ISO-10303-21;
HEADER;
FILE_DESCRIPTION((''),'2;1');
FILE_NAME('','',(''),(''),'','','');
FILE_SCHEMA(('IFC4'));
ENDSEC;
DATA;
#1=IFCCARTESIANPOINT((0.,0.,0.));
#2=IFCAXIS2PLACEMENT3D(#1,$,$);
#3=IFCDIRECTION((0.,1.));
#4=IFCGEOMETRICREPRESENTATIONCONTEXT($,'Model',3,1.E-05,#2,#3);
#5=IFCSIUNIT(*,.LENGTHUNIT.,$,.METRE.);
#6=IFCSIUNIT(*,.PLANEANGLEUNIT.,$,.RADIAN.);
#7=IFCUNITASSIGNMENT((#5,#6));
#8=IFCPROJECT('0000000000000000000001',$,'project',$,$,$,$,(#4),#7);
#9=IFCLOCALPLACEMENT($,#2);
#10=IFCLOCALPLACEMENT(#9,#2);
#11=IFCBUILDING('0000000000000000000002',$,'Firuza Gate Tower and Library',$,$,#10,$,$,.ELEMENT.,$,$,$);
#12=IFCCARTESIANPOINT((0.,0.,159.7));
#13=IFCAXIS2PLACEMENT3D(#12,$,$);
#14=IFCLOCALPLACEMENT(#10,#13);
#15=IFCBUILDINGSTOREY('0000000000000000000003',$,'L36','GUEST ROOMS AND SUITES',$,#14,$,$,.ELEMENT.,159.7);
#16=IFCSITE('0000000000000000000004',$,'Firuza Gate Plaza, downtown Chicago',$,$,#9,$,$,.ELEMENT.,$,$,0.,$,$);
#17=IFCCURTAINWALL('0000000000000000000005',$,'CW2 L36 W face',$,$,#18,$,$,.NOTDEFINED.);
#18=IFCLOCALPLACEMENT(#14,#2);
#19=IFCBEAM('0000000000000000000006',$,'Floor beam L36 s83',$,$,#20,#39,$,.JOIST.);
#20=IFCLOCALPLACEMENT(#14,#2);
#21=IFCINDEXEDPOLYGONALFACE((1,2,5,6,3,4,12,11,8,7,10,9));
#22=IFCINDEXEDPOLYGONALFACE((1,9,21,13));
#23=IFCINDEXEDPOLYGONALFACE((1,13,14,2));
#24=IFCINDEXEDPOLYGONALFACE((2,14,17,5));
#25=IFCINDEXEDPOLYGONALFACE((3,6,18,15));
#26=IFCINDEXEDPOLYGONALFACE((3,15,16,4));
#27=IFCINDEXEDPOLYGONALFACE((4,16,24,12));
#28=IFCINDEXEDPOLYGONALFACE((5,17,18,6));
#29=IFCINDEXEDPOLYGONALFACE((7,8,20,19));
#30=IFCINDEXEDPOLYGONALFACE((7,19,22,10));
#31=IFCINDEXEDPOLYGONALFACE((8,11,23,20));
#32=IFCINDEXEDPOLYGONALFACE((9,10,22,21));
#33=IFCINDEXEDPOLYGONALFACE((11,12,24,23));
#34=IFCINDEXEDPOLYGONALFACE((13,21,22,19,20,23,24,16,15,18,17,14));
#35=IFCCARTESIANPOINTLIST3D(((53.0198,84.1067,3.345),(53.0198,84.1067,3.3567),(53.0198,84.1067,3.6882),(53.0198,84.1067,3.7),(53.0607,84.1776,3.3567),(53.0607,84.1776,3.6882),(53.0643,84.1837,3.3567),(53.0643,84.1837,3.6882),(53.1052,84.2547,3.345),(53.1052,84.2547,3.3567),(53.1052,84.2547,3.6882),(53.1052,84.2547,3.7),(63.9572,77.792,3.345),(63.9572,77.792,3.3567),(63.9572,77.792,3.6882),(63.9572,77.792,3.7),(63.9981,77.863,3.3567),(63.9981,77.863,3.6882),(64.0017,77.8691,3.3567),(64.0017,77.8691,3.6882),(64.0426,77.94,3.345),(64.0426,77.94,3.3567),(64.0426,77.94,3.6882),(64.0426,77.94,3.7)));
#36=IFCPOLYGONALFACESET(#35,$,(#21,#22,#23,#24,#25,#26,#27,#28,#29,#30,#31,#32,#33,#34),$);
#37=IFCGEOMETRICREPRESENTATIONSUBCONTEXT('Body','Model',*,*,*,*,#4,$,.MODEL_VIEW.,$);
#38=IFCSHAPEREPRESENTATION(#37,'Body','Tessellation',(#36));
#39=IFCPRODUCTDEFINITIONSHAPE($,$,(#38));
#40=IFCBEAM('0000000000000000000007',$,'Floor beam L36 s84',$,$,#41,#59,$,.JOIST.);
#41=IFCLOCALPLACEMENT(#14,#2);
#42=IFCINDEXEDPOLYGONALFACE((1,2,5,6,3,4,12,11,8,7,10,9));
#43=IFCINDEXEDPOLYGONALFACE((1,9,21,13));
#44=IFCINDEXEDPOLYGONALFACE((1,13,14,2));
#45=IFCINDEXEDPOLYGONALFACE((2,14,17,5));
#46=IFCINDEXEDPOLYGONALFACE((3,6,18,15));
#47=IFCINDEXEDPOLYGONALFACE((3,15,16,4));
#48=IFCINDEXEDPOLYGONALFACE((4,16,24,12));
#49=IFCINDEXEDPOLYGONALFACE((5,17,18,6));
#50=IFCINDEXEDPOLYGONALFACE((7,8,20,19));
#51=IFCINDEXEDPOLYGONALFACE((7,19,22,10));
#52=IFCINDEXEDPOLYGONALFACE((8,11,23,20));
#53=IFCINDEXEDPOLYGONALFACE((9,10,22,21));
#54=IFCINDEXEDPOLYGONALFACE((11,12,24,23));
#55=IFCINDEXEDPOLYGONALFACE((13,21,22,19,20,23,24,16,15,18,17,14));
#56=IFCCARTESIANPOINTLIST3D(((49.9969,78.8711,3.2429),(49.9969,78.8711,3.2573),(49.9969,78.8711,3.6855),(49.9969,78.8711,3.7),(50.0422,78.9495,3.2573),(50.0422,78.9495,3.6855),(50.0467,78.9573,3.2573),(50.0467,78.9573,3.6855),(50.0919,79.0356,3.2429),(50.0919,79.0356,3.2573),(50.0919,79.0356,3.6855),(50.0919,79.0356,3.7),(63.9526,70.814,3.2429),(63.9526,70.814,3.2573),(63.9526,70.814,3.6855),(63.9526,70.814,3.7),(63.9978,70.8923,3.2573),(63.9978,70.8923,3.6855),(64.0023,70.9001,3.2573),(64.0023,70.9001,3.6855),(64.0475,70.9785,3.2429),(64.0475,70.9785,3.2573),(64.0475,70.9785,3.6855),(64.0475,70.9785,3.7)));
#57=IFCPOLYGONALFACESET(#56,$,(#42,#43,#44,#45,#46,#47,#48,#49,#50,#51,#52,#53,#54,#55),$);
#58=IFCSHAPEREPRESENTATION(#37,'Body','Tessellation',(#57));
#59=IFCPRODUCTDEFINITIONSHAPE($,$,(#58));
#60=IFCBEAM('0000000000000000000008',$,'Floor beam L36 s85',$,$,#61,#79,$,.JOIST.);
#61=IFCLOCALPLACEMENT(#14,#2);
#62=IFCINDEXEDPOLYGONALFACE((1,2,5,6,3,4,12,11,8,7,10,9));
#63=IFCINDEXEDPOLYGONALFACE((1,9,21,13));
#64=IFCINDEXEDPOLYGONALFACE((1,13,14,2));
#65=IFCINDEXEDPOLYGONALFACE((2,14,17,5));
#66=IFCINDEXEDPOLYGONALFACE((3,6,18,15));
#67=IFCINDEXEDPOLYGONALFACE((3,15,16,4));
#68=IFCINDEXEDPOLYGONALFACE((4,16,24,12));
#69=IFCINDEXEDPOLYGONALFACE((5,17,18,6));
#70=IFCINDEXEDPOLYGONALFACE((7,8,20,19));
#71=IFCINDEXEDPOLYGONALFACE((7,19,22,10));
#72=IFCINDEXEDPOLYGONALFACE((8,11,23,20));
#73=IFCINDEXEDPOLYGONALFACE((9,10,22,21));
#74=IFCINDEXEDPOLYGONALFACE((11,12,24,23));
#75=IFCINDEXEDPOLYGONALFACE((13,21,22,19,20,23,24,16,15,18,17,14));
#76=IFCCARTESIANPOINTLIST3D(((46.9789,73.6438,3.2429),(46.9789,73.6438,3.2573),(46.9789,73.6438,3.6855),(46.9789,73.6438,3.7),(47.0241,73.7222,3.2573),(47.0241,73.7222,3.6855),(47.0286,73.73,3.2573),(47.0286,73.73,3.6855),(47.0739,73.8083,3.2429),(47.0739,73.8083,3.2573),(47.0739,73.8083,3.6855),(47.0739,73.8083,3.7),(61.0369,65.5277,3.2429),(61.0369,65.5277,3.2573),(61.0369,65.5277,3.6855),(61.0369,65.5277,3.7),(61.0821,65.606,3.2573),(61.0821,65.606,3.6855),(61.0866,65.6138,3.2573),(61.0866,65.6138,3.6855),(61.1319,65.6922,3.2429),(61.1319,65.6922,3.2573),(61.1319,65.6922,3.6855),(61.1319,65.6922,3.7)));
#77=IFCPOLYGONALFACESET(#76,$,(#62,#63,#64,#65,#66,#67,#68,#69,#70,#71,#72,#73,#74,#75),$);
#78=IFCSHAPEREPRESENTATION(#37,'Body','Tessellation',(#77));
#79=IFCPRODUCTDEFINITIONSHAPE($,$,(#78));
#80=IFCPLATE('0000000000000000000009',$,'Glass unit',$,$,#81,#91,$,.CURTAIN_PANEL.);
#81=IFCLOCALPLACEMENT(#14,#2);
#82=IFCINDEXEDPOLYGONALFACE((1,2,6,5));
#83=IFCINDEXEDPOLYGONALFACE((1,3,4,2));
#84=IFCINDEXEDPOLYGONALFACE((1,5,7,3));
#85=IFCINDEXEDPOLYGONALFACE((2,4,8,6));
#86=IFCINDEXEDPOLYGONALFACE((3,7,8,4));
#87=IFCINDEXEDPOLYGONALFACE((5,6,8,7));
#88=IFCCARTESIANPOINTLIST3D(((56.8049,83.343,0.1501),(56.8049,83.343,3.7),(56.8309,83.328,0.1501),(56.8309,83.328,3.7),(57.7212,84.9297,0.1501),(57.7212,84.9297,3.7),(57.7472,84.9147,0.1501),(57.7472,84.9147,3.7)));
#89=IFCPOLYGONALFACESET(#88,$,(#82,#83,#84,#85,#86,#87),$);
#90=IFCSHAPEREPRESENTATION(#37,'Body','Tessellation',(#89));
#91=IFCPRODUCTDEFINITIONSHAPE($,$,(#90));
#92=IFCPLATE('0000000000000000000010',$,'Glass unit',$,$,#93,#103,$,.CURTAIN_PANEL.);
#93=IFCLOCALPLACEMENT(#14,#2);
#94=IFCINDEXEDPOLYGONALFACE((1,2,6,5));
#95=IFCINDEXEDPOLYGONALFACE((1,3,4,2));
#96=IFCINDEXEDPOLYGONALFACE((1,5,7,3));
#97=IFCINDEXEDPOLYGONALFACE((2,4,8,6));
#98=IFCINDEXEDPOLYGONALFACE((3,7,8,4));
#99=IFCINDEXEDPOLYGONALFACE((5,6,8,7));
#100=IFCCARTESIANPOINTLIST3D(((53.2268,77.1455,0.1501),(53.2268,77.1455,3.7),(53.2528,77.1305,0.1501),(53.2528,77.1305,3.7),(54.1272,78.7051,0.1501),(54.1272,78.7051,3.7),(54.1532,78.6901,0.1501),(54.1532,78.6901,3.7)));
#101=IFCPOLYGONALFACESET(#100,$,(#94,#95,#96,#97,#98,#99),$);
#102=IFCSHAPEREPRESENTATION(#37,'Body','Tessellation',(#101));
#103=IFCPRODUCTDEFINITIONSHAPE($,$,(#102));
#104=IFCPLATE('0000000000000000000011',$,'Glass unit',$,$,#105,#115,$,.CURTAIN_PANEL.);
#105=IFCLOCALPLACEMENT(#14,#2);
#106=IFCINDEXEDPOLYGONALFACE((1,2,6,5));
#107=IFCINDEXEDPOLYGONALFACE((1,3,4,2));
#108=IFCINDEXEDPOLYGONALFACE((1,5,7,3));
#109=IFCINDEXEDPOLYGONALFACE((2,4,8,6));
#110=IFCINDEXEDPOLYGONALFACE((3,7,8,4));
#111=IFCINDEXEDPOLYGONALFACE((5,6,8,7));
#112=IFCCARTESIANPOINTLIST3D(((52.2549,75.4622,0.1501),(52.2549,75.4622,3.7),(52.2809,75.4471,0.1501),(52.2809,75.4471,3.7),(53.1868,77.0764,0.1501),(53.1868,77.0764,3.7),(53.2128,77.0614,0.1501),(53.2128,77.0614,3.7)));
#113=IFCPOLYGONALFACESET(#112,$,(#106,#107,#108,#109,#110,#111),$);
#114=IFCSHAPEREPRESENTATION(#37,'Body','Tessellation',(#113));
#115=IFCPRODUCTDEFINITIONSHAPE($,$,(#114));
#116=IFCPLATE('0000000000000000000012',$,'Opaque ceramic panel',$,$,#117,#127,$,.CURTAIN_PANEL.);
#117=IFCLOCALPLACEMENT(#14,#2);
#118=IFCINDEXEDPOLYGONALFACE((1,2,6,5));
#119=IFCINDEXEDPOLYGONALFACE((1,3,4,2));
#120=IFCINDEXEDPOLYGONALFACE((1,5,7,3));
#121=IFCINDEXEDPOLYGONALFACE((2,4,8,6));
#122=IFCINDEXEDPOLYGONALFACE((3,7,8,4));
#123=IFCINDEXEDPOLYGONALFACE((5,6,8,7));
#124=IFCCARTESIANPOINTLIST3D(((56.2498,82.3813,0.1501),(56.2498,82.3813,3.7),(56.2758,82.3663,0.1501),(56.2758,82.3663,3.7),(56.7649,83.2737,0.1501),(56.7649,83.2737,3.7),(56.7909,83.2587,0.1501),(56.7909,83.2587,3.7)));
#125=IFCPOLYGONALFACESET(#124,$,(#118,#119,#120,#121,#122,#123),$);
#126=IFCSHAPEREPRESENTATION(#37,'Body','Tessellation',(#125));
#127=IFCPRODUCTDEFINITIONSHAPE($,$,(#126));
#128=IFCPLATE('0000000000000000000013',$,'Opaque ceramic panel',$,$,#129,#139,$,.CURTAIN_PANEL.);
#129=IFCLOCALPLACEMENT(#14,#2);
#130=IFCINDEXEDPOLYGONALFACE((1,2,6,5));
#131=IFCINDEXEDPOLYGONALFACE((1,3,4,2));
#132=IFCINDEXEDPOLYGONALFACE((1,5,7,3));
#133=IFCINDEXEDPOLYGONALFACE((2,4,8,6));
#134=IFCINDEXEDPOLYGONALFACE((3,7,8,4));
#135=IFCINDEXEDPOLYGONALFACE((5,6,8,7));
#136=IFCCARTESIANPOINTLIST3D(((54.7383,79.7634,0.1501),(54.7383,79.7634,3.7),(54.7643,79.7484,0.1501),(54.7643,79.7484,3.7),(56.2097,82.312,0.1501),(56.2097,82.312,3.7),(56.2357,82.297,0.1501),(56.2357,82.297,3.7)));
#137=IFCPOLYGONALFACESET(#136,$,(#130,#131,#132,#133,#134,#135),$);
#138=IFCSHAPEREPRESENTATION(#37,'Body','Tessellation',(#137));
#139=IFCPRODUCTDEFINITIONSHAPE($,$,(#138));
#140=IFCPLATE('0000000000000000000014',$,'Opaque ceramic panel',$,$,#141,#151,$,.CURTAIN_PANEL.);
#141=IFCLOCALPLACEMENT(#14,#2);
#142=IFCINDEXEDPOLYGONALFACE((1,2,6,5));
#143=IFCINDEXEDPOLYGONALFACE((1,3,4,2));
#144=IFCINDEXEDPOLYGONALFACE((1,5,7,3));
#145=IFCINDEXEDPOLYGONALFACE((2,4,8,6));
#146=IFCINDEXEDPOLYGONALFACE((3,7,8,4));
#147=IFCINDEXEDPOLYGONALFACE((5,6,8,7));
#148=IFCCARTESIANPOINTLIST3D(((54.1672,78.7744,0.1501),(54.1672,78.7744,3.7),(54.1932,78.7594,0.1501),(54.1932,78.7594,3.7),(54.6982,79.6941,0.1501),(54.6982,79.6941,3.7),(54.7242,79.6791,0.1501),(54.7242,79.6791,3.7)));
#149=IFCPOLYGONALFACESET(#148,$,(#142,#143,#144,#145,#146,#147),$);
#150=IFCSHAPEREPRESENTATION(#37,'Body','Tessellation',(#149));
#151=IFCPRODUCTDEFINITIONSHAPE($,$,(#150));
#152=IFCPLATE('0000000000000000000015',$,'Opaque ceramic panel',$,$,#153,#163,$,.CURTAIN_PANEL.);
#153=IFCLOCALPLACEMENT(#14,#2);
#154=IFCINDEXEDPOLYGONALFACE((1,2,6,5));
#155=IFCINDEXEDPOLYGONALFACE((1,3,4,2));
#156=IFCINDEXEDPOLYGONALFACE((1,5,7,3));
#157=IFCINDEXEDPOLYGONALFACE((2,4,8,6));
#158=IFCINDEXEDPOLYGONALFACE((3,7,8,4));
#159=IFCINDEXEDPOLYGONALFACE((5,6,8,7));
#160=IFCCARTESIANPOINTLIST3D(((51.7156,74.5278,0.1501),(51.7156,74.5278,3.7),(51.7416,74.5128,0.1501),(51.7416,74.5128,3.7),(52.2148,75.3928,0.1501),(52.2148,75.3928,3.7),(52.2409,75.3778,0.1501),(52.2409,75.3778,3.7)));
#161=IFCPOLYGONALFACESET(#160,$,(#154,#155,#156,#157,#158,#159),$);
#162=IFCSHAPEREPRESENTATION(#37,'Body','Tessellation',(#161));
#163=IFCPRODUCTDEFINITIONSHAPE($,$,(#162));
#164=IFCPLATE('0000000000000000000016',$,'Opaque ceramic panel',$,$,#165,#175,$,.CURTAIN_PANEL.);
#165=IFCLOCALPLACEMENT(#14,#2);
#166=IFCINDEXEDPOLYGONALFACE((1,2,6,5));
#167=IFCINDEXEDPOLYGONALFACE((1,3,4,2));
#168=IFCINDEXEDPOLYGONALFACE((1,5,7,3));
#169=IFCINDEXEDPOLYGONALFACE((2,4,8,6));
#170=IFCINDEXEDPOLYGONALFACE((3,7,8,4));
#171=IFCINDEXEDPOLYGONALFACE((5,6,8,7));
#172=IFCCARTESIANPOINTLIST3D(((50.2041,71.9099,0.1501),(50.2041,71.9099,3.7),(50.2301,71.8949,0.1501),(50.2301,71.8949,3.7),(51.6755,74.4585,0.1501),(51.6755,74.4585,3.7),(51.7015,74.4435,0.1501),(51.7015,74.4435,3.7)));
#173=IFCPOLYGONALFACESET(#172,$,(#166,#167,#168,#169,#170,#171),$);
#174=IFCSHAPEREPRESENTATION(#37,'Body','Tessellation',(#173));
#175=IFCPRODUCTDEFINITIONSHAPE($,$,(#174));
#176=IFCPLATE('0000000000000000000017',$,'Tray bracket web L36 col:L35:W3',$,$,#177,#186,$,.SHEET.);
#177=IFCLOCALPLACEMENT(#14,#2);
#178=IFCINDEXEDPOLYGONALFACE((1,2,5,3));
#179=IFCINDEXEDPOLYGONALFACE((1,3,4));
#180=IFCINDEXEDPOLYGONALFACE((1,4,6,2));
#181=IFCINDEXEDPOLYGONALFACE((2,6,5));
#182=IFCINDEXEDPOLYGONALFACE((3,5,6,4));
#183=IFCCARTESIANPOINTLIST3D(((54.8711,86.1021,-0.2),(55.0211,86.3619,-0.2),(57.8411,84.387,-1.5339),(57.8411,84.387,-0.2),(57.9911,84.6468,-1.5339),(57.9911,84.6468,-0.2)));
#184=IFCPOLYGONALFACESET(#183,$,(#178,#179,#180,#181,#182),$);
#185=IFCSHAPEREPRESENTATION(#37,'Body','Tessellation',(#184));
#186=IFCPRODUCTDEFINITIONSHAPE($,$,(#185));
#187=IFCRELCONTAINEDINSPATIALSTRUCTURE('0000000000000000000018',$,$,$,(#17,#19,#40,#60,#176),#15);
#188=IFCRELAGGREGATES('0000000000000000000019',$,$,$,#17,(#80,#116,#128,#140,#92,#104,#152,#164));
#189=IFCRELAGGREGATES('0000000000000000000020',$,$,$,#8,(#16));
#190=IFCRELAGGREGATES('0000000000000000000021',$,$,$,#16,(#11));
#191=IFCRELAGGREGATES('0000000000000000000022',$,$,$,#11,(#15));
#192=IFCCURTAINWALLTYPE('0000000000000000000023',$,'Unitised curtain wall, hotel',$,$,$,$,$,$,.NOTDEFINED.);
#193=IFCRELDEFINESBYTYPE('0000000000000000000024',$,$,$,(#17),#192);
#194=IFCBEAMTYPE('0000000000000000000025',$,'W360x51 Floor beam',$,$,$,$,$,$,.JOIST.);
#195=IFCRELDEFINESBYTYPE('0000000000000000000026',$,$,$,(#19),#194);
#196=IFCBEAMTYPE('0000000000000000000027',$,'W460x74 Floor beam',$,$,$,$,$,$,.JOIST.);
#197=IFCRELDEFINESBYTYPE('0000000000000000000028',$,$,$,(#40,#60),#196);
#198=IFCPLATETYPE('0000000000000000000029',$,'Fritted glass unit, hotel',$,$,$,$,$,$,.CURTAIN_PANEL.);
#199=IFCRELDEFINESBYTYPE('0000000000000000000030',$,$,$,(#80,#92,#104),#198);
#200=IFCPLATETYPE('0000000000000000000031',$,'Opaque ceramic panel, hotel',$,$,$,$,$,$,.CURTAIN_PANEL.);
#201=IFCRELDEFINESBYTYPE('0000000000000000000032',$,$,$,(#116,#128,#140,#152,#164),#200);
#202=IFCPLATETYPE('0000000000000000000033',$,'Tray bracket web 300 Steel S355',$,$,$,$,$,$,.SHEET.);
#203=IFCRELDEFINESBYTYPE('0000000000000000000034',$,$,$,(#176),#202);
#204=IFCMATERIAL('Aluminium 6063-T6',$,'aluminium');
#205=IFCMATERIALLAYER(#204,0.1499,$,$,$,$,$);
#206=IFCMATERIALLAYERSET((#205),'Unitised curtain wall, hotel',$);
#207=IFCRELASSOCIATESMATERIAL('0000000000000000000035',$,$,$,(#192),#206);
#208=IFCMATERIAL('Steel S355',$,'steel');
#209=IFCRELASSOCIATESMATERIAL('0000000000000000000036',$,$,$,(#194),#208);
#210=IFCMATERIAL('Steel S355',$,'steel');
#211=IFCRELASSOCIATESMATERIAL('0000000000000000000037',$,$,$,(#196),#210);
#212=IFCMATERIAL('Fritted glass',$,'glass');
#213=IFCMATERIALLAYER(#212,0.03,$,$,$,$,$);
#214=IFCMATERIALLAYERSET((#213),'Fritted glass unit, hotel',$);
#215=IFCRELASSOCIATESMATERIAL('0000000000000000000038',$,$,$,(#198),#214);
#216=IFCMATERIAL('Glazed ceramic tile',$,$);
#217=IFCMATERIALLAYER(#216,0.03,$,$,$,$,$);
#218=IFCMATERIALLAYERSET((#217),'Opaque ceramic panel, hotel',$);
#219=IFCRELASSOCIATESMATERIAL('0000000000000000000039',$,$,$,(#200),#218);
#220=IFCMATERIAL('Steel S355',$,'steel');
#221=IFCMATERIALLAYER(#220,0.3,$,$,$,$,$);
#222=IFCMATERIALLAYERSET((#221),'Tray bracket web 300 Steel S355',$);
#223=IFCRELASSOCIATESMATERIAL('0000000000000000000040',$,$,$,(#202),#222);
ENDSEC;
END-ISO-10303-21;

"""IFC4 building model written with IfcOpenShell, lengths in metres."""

from ifc_helpers import new_model, si_unit, direction, frame, origin, origin_2d, place, context, subcontext, project, spatial, polyline, i_section, outline, extrude, material, layer, layer_set, material_profile, profile_set, type_object, element, aggregate, save


model = new_model("IFC4")

# Units and contexts
model_context = context("Model", 3, precision=1e-05, world=origin(), true_north=direction((0.0, 1.0)))
body_context = subcontext(model_context, "Body", "Model", "MODEL_VIEW")
ifc_project = project(units=[si_unit("LENGTHUNIT", "METRE"), si_unit("PLANEANGLEUNIT", "RADIAN")], contexts=[model_context])

# Site, building, storey
site_placement = place(None, origin())
site = spatial("IfcSite", under=ifc_project, at=site_placement, Name="Firuza Gate Plaza, downtown Chicago", CompositionType="ELEMENT", RefElevation=0.0)
building_placement = place(site_placement, origin())
building = spatial("IfcBuilding", under=site, at=building_placement, Name="Firuza Gate Tower and Library", CompositionType="ELEMENT")
storey_placement = place(building_placement, frame((0.0, 0.0, 159.7)))
storey = spatial("IfcBuildingStorey", under=building, at=storey_placement, Name="L36", Description="GUEST ROOMS AND SUITES", CompositionType="ELEMENT", Elevation=159.7)

# Curtain wall
ifc_material_1 = material(Name="Aluminium 6063-T6", Category="aluminium")
ifc_layer_1 = layer(ifc_material_1, 0.1499)
ifc_layer_set_1 = layer_set([ifc_layer_1], Name="Unitised curtain wall, hotel")
curtain_wall_type = type_object("IfcCurtainWallType", Name="Unitised curtain wall, hotel", PredefinedType="NOTDEFINED", material=ifc_layer_set_1)
curtain_wall_placement = place(storey_placement, origin())
curtain_wall = element("IfcCurtainWall", 1, at=curtain_wall_placement, inside=storey, type_object=curtain_wall_type, Name="CW2 L36 W face", PredefinedType="NOTDEFINED")

# Beams
ifc_material_2 = material(Name="Steel S355", Category="steel")
ifc_material_profile_1 = material_profile(ifc_material_2, i_section(OverallWidth=0.1709, OverallDepth=0.355, WebThickness=0.0071, FlangeThickness=0.0117, at=origin_2d()))
ifc_profile_set_1 = profile_set([ifc_material_profile_1], Name="Steel S355")
beam_type_1 = type_object("IfcBeamType", Name="W360x51 Floor beam", PredefinedType="JOIST", material=ifc_profile_set_1)
beam_1_placement = place(storey_placement, frame((53.0625, 84.1807, 3.5225), z_axis=(0.866028, -0.499996, 0.0), x_axis=(0.499996, 0.866028, 0.0)))
element("IfcBeam", 2, at=beam_1_placement, inside=storey, type_object=beam_type_1, Name="Floor beam L36 s83", PredefinedType="JOIST", context=body_context, shape_type="SweptSolid", body=[
    extrude(i_section(OverallWidth=0.1709, OverallDepth=0.355, WebThickness=0.0071, FlangeThickness=0.0117, at=origin_2d()), origin(), (0.0, 0.0, 1.0), 12.6294),
])
ifc_material_3 = material(Name="Steel S355", Category="steel")
ifc_material_profile_2 = material_profile(ifc_material_3, i_section(OverallWidth=0.1899, OverallDepth=0.457, WebThickness=0.009, FlangeThickness=0.0144, at=origin_2d()))
ifc_profile_set_2 = profile_set([ifc_material_profile_2], Name="Steel S355")
beam_type_2 = type_object("IfcBeamType", Name="W460x74 Floor beam", PredefinedType="JOIST", material=ifc_profile_set_2)
beam_2_placement = place(storey_placement, frame((50.0444, 78.9534, 3.4714), z_axis=(0.866029, -0.499994, 0.0), x_axis=(0.499994, 0.866029, 0.0)))
element("IfcBeam", 3, at=beam_2_placement, inside=storey, type_object=beam_type_2, Name="Floor beam L36 s84", PredefinedType="JOIST", context=body_context, shape_type="SweptSolid", body=[
    extrude(i_section(OverallWidth=0.1899, OverallDepth=0.457, WebThickness=0.009, FlangeThickness=0.0144, at=origin_2d()), origin(), (0.0, 0.0, 1.0), 16.1145),
])
beam_3_placement = place(storey_placement, frame((47.0264, 73.7261, 3.4714), z_axis=(0.866032, -0.499989, 0.0), x_axis=(0.499989, 0.866032, 0.0)))
element("IfcBeam", 4, at=beam_3_placement, inside=storey, type_object=beam_type_2, Name="Floor beam L36 s85", PredefinedType="JOIST", context=body_context, shape_type="SweptSolid", body=[
    extrude(i_section(OverallWidth=0.1899, OverallDepth=0.457, WebThickness=0.009, FlangeThickness=0.0144, at=origin_2d()), origin(), (0.0, 0.0, 1.0), 16.2327),
])

# Plates
ifc_material_4 = material(Name="Fritted glass", Category="glass")
ifc_layer_2 = layer(ifc_material_4, 0.03)
ifc_layer_set_2 = layer_set([ifc_layer_2], Name="Fritted glass unit, hotel")
plate_type_1 = type_object("IfcPlateType", Name="Fritted glass unit, hotel", PredefinedType="CURTAIN_PANEL", material=ifc_layer_set_2)
plate_1_placement = place(storey_placement, frame((57.7212, 84.9297, 0.1501), z_axis=(-0.865979, 0.50008, 0.0), x_axis=(-0.50008, -0.865979, 0.0)))
plate_1 = element("IfcPlate", 5, at=plate_1_placement, type_object=plate_type_1, Name="Glass unit", PredefinedType="CURTAIN_PANEL", context=body_context, shape_type="SweptSolid", body=[
    extrude(outline(polyline([(0.0, 0.0), (1.8322, 0.0), (1.8322, 3.5498), (0.0, 3.5498), (0.0, 0.0)])), origin(), (0.0, 0.0, -1.0), 0.03),
])
plate_2_placement = place(storey_placement, frame((54.1272, 78.7051, 0.1501), z_axis=(-0.866032, 0.499988, 0.0), x_axis=(-0.499988, -0.866032, 0.0)))
plate_2 = element("IfcPlate", 6, at=plate_2_placement, type_object=plate_type_1, Name="Glass unit", PredefinedType="CURTAIN_PANEL", context=body_context, shape_type="SweptSolid", body=[
    extrude(outline(polyline([(0.0, 0.0), (1.8008, 0.0), (1.8008, 3.5498), (0.0, 3.5498), (0.0, 0.0)])), origin(), (0.0, 0.0, -1.0), 0.03),
])
plate_3_placement = place(storey_placement, frame((53.1868, 77.0764, 0.1501), z_axis=(-0.86605, 0.499957, 0.0), x_axis=(-0.499957, -0.86605, 0.0)))
plate_3 = element("IfcPlate", 7, at=plate_3_placement, type_object=plate_type_1, Name="Glass unit", PredefinedType="CURTAIN_PANEL", context=body_context, shape_type="SweptSolid", body=[
    extrude(outline(polyline([(0.0, 0.0), (1.8639, 0.0), (1.8639, 3.5498), (0.0, 3.5498), (0.0, 0.0)])), origin(), (0.0, 0.0, -1.0), 0.03),
])
ifc_material_5 = material(Name="Glazed ceramic tile")
ifc_layer_3 = layer(ifc_material_5, 0.03)
ifc_layer_set_3 = layer_set([ifc_layer_3], Name="Opaque ceramic panel, hotel")
plate_type_2 = type_object("IfcPlateType", Name="Opaque ceramic panel, hotel", PredefinedType="CURTAIN_PANEL", material=ifc_layer_set_3)
plate_4_placement = place(storey_placement, frame((56.7649, 83.2737, 0.1501), z_axis=(-0.866047, 0.499962, 0.0), x_axis=(-0.499962, -0.866047, 0.0)))
plate_4 = element("IfcPlate", 8, at=plate_4_placement, type_object=plate_type_2, Name="Opaque ceramic panel", PredefinedType="CURTAIN_PANEL", context=body_context, shape_type="SweptSolid", body=[
    extrude(outline(polyline([(0.0, 0.0), (1.0304, 0.0), (1.0304, 3.5498), (0.0, 3.5498), (0.0, 0.0)])), origin(), (0.0, 0.0, -1.0), 0.03),
])
plate_5_placement = place(storey_placement, frame((56.2097, 82.312, 0.1501), z_axis=(-0.866024, 0.500003, 0.0), x_axis=(-0.500003, -0.866024, 0.0)))
plate_5 = element("IfcPlate", 9, at=plate_5_placement, type_object=plate_type_2, Name="Opaque ceramic panel", PredefinedType="CURTAIN_PANEL", context=body_context, shape_type="SweptSolid", body=[
    extrude(outline(polyline([(0.0, 0.0), (2.9429, 0.0), (2.9429, 3.5498), (0.0, 3.5498), (0.0, 0.0)])), origin(), (0.0, 0.0, -1.0), 0.03),
])
plate_6_placement = place(storey_placement, frame((54.6982, 79.6941, 0.1501), z_axis=(-0.866013, 0.500021, 0.0), x_axis=(-0.500021, -0.866013, 0.0)))
plate_6 = element("IfcPlate", 10, at=plate_6_placement, type_object=plate_type_2, Name="Opaque ceramic panel", PredefinedType="CURTAIN_PANEL", context=body_context, shape_type="SweptSolid", body=[
    extrude(outline(polyline([(0.0, 0.0), (1.062, 0.0), (1.062, 3.5498), (0.0, 3.5498), (0.0, 0.0)])), origin(), (0.0, 0.0, -1.0), 0.03),
])
plate_7_placement = place(storey_placement, frame((52.2148, 75.3928, 0.1501), z_axis=(-0.866084, 0.499899, 0.0), x_axis=(-0.499899, -0.866084, 0.0)))
plate_7 = element("IfcPlate", 11, at=plate_7_placement, type_object=plate_type_2, Name="Opaque ceramic panel", PredefinedType="CURTAIN_PANEL", context=body_context, shape_type="SweptSolid", body=[
    extrude(outline(polyline([(0.0, 0.0), (0.9987, 0.0), (0.9987, 3.5498), (0.0, 3.5498), (0.0, 0.0)])), origin(), (0.0, 0.0, -1.0), 0.03),
])
plate_8_placement = place(storey_placement, frame((51.6755, 74.4585, 0.1501), z_axis=(-0.866024, 0.500003, 0.0), x_axis=(-0.500003, -0.866024, 0.0)))
plate_8 = element("IfcPlate", 12, at=plate_8_placement, type_object=plate_type_2, Name="Opaque ceramic panel", PredefinedType="CURTAIN_PANEL", context=body_context, shape_type="SweptSolid", body=[
    extrude(outline(polyline([(0.0, 0.0), (2.9429, 0.0), (2.9429, 3.5498), (0.0, 3.5498), (0.0, 0.0)])), origin(), (0.0, 0.0, -1.0), 0.03),
])
aggregate(curtain_wall, [plate_1, plate_4, plate_5, plate_6, plate_2, plate_3, plate_7, plate_8])

# Plate
ifc_material_6 = material(Name="Steel S355", Category="steel")
ifc_layer_4 = layer(ifc_material_6, 0.3)
ifc_layer_set_4 = layer_set([ifc_layer_4], Name="Tray bracket web 300 Steel S355")
plate_type_3 = type_object("IfcPlateType", Name="Tray bracket web 300 Steel S355", PredefinedType="SHEET", material=ifc_layer_set_4)
plate_9_placement = place(storey_placement, frame((57.8411, 84.387, -0.2), z_axis=(-0.500082, -0.865978, 0.0), x_axis=(-0.865978, 0.500082, 0.0)))
element("IfcPlate", 13, at=plate_9_placement, inside=storey, type_object=plate_type_3, Name="Tray bracket web L36 col:L35:W3", PredefinedType="SHEET", context=body_context, shape_type="SweptSolid", body=[
    extrude(outline(polyline([(0.0, 0.0), (3.4296, 0.0), (0.0, 1.334), (0.0, 0.0)])), origin(), (0.0, 0.0, -1.0), 0.3),
])

save(model, "model.ifc")
